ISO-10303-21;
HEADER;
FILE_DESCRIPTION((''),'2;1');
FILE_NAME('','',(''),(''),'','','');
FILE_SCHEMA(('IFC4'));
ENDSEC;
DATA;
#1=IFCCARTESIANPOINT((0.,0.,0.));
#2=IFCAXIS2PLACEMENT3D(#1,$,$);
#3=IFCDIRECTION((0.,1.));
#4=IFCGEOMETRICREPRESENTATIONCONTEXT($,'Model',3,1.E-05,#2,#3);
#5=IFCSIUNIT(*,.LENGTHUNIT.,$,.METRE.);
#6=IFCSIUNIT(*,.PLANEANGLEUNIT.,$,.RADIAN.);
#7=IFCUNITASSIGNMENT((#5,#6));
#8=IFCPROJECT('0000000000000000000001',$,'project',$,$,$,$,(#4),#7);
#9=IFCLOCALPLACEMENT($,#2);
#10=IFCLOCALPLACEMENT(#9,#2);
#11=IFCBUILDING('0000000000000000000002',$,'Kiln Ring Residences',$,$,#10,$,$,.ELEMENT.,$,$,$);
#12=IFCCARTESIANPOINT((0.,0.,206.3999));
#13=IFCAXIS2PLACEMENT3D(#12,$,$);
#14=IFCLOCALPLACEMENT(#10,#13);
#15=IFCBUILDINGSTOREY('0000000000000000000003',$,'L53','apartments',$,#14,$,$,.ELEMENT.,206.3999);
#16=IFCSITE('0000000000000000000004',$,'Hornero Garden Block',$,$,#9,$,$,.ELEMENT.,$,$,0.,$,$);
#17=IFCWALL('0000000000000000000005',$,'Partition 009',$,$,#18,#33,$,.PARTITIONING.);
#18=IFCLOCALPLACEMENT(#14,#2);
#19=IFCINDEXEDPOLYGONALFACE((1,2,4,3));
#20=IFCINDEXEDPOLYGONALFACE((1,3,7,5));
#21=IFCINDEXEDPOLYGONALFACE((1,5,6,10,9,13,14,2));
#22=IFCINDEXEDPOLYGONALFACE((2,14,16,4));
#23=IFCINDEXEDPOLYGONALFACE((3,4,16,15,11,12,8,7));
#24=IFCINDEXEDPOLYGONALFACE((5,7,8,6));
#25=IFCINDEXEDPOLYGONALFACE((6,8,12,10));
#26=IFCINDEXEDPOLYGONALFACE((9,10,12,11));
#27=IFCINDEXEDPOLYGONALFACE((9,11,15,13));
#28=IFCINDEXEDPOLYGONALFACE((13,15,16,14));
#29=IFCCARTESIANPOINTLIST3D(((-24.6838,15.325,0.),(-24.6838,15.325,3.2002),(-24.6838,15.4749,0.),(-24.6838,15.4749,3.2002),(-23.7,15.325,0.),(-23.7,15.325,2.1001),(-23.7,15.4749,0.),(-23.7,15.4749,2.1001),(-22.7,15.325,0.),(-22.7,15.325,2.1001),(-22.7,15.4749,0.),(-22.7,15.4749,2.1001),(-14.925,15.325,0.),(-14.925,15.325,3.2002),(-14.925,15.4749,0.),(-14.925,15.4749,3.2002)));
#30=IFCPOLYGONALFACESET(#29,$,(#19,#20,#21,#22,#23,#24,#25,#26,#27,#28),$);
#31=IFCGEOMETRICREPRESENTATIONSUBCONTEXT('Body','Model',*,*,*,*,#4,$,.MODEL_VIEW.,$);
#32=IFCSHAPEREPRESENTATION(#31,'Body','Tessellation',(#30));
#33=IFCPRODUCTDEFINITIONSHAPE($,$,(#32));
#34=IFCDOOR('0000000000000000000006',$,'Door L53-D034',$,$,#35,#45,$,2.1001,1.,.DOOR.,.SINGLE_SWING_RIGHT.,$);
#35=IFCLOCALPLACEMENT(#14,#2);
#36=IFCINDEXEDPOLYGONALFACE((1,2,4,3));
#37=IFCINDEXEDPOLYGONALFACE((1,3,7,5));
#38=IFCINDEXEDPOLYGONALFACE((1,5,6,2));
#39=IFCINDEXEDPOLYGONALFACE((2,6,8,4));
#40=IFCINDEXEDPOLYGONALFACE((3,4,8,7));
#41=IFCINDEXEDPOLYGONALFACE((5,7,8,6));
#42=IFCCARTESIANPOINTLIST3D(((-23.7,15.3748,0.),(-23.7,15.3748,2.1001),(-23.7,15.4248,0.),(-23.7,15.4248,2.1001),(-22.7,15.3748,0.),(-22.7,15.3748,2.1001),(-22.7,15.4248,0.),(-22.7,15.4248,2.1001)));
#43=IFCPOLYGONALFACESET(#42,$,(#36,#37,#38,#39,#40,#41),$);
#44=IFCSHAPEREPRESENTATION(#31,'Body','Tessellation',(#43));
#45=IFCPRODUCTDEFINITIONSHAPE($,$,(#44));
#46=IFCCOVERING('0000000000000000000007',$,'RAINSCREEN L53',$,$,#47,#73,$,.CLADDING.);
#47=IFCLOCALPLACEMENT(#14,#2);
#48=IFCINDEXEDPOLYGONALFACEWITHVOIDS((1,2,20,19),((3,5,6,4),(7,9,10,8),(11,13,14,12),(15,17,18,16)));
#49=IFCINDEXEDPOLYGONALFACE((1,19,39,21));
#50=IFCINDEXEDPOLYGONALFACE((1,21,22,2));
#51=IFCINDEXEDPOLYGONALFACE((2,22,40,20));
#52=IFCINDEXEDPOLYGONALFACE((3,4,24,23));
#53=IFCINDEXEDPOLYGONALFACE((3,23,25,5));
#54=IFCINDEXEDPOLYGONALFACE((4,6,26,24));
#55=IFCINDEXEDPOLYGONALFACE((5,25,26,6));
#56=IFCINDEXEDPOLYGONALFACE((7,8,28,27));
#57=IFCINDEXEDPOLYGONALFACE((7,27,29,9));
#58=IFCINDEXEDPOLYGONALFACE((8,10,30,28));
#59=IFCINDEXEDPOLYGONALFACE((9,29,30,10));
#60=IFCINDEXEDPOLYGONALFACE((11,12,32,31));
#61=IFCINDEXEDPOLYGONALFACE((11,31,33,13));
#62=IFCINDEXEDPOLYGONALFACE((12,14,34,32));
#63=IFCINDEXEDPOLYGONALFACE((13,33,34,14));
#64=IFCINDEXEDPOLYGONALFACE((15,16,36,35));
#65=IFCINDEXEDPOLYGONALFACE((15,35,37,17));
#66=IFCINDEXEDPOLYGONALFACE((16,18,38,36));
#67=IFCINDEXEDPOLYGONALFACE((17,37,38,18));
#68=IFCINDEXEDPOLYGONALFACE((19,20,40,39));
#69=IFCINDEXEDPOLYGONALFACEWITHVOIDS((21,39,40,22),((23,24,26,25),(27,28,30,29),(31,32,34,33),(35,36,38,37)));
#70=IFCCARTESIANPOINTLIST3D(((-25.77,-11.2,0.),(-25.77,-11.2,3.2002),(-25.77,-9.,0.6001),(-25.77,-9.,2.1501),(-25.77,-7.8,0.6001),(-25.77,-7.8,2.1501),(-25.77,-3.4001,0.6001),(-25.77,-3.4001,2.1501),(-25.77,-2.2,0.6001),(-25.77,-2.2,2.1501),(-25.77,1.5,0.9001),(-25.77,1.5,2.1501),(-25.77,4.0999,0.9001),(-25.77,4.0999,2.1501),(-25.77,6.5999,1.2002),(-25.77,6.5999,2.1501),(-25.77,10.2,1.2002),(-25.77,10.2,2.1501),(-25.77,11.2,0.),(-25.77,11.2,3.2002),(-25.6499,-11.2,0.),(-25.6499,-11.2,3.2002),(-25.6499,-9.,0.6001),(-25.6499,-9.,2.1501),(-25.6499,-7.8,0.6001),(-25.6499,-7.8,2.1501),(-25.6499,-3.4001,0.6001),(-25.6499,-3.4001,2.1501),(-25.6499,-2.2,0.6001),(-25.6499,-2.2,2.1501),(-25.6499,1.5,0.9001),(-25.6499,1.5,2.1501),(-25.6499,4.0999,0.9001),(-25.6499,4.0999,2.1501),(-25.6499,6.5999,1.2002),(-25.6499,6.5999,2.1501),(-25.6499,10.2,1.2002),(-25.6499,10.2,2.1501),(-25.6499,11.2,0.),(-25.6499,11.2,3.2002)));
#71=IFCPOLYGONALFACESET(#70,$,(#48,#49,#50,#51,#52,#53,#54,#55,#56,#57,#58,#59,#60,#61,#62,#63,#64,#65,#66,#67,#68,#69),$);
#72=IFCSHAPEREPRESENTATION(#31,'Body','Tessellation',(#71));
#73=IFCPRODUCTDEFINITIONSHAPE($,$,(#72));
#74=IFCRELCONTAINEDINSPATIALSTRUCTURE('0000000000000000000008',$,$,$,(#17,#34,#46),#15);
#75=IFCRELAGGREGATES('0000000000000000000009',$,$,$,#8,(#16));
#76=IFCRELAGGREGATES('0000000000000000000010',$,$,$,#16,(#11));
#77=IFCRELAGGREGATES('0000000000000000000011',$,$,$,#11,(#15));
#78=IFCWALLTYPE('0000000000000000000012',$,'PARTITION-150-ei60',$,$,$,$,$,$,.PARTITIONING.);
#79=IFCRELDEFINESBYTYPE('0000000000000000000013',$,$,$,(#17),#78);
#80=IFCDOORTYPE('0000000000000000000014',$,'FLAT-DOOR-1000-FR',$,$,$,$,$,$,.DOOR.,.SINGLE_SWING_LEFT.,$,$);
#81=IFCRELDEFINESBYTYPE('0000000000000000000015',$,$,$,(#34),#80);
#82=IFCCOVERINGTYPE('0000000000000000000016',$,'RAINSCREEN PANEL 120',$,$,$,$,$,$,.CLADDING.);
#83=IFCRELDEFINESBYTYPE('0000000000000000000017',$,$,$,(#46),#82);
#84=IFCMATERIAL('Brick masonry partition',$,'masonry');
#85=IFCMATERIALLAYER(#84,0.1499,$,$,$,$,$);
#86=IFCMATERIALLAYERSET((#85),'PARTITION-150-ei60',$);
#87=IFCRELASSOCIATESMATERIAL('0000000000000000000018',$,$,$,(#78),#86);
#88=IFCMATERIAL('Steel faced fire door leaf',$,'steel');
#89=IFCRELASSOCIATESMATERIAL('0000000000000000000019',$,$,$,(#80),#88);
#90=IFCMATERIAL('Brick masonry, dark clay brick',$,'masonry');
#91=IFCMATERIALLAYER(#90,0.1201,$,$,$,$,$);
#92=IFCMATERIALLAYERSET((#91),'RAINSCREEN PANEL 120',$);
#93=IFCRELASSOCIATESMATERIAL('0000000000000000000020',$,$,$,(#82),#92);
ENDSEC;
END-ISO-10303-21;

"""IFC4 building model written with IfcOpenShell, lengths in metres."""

from ifc_helpers import new_model, si_unit, direction, frame, frame_2d, origin, place, context, subcontext, project, spatial, polyline, rectangle, outline, extrude, material, layer, layer_set, type_object, element, fill, save


model = new_model("IFC4")

# Units and contexts
model_context = context("Model", 3, precision=1e-05, world=origin(), true_north=direction((0.0, 1.0)))
body_context = subcontext(model_context, "Body", "Model", "MODEL_VIEW")
ifc_project = project(units=[si_unit("LENGTHUNIT", "METRE"), si_unit("PLANEANGLEUNIT", "RADIAN")], contexts=[model_context])

# Site, building, storey
site_placement = place(None, origin())
site = spatial("IfcSite", under=ifc_project, at=site_placement, Name="Hornero Garden Block", CompositionType="ELEMENT", RefElevation=0.0)
building_placement = place(site_placement, origin())
building = spatial("IfcBuilding", under=site, at=building_placement, Name="Kiln Ring Residences", CompositionType="ELEMENT")
storey_placement = place(building_placement, frame((0.0, 0.0, 206.3999)))
storey = spatial("IfcBuildingStorey", under=building, at=storey_placement, Name="L53", Description="apartments", CompositionType="ELEMENT", Elevation=206.3999)

# Shared definitions
ifc_material_1 = material(Name="Brick masonry partition", Category="masonry")
ifc_layer_1 = layer(ifc_material_1, 0.1499)
ifc_layer_set_1 = layer_set([ifc_layer_1], Name="PARTITION-150-ei60")
wall_type_1 = type_object("IfcWallType", Name="PARTITION-150-ei60", PredefinedType="PARTITIONING", material=ifc_layer_set_1)
ifc_material_2 = material(Name="Steel faced fire door leaf", Category="steel")
door_type_1 = type_object("IfcDoorType", Name="FLAT-DOOR-1000-FR", OperationType="SINGLE_SWING_LEFT", PredefinedType="DOOR", material=ifc_material_2)

# Wall, opening, door
wall_1_placement = place(storey_placement, frame((-24.6838, 15.3999, 0.0), z_axis=(0.0, 0.0, 1.0), x_axis=(1.0, 0.0, 0.0)))
wall_1 = element("IfcWall", 1, at=wall_1_placement, inside=storey, type_object=wall_type_1, Name="Partition 009", PredefinedType="PARTITIONING", context=body_context, shape_type="SweptSolid", body=[
    extrude(rectangle(XDim=9.7588, YDim=0.1499, at=frame_2d((4.8794, 0.0))), origin(), (0.0, 0.0, 1.0), 3.2002),
])
opening_1_placement = place(wall_1_placement, frame((0.9839, 0.0, 0.0)))
opening_1 = element("IfcOpeningElement", 2, at=opening_1_placement, cuts=wall_1, PredefinedType="OPENING", context=body_context, shape_type="SweptSolid", body=[
    extrude(rectangle(XDim=1.0, YDim=2.1001, at=frame_2d((0.5, 1.05))), frame((0.0, 0.085, 0.0), z_axis=(0.0, -1.0, 0.0), x_axis=(1.0, 0.0, 0.0)), (0.0, 0.0, 1.0), 0.1699),
])
door_1_placement = place(opening_1_placement, origin())
door_1 = element("IfcDoor", 3, at=door_1_placement, inside=storey, type_object=door_type_1, Name="Door L53-D034", OperationType="SINGLE_SWING_RIGHT", OverallHeight=2.1001, OverallWidth=1.0, PredefinedType="DOOR", context=body_context, shape_type="SweptSolid", body=[
    extrude(rectangle(XDim=1.0, YDim=2.1001, at=frame_2d((0.5, 1.05))), frame((0.0, 0.0249, 0.0), z_axis=(0.0, -1.0, 0.0), x_axis=(1.0, 0.0, 0.0)), (0.0, 0.0, 1.0), 0.05),
])
fill(opening_1, door_1)

# Covering
ifc_material_3 = material(Name="Brick masonry, dark clay brick", Category="masonry")
ifc_layer_2 = layer(ifc_material_3, 0.1201)
ifc_layer_set_2 = layer_set([ifc_layer_2], Name="RAINSCREEN PANEL 120")
covering_type = type_object("IfcCoveringType", Name="RAINSCREEN PANEL 120", PredefinedType="CLADDING", material=ifc_layer_set_2)
covering_placement = place(storey_placement, frame((-25.71, 11.2, 0.0), z_axis=(0.0, 0.0, 1.0), x_axis=(0.0, -1.0, 0.0)))
element("IfcCovering", 4, at=covering_placement, inside=storey, type_object=covering_type, Name="RAINSCREEN L53", PredefinedType="CLADDING", context=body_context, shape_type="SweptSolid", body=[
    extrude(outline(polyline([(0.0, 0.0), (22.3999, 0.0), (22.3999, 3.2002), (0.0, 3.2002), (0.0, 0.0)]), holes=[polyline([(14.6001, 0.6001), (14.6001, 2.1501), (13.3999, 2.1501), (13.3999, 0.6001), (14.6001, 0.6001)]), polyline([(20.2, 0.6001), (20.2, 2.1501), (19.0, 2.1501), (19.0, 0.6001), (20.2, 0.6001)]), polyline([(9.7, 0.9001), (9.7, 2.1501), (7.1001, 2.1501), (7.1001, 0.9001), (9.7, 0.9001)]), polyline([(4.6001, 1.2002), (4.6001, 2.1501), (1.0, 2.1501), (1.0, 1.2002), (4.6001, 1.2002)])]), frame((0.0, 0.0601, 0.0), z_axis=(0.0, -1.0, 0.0), x_axis=(1.0, 0.0, 0.0)), (0.0, 0.0, 1.0), 0.1201),
])

save(model, "model.ifc")
